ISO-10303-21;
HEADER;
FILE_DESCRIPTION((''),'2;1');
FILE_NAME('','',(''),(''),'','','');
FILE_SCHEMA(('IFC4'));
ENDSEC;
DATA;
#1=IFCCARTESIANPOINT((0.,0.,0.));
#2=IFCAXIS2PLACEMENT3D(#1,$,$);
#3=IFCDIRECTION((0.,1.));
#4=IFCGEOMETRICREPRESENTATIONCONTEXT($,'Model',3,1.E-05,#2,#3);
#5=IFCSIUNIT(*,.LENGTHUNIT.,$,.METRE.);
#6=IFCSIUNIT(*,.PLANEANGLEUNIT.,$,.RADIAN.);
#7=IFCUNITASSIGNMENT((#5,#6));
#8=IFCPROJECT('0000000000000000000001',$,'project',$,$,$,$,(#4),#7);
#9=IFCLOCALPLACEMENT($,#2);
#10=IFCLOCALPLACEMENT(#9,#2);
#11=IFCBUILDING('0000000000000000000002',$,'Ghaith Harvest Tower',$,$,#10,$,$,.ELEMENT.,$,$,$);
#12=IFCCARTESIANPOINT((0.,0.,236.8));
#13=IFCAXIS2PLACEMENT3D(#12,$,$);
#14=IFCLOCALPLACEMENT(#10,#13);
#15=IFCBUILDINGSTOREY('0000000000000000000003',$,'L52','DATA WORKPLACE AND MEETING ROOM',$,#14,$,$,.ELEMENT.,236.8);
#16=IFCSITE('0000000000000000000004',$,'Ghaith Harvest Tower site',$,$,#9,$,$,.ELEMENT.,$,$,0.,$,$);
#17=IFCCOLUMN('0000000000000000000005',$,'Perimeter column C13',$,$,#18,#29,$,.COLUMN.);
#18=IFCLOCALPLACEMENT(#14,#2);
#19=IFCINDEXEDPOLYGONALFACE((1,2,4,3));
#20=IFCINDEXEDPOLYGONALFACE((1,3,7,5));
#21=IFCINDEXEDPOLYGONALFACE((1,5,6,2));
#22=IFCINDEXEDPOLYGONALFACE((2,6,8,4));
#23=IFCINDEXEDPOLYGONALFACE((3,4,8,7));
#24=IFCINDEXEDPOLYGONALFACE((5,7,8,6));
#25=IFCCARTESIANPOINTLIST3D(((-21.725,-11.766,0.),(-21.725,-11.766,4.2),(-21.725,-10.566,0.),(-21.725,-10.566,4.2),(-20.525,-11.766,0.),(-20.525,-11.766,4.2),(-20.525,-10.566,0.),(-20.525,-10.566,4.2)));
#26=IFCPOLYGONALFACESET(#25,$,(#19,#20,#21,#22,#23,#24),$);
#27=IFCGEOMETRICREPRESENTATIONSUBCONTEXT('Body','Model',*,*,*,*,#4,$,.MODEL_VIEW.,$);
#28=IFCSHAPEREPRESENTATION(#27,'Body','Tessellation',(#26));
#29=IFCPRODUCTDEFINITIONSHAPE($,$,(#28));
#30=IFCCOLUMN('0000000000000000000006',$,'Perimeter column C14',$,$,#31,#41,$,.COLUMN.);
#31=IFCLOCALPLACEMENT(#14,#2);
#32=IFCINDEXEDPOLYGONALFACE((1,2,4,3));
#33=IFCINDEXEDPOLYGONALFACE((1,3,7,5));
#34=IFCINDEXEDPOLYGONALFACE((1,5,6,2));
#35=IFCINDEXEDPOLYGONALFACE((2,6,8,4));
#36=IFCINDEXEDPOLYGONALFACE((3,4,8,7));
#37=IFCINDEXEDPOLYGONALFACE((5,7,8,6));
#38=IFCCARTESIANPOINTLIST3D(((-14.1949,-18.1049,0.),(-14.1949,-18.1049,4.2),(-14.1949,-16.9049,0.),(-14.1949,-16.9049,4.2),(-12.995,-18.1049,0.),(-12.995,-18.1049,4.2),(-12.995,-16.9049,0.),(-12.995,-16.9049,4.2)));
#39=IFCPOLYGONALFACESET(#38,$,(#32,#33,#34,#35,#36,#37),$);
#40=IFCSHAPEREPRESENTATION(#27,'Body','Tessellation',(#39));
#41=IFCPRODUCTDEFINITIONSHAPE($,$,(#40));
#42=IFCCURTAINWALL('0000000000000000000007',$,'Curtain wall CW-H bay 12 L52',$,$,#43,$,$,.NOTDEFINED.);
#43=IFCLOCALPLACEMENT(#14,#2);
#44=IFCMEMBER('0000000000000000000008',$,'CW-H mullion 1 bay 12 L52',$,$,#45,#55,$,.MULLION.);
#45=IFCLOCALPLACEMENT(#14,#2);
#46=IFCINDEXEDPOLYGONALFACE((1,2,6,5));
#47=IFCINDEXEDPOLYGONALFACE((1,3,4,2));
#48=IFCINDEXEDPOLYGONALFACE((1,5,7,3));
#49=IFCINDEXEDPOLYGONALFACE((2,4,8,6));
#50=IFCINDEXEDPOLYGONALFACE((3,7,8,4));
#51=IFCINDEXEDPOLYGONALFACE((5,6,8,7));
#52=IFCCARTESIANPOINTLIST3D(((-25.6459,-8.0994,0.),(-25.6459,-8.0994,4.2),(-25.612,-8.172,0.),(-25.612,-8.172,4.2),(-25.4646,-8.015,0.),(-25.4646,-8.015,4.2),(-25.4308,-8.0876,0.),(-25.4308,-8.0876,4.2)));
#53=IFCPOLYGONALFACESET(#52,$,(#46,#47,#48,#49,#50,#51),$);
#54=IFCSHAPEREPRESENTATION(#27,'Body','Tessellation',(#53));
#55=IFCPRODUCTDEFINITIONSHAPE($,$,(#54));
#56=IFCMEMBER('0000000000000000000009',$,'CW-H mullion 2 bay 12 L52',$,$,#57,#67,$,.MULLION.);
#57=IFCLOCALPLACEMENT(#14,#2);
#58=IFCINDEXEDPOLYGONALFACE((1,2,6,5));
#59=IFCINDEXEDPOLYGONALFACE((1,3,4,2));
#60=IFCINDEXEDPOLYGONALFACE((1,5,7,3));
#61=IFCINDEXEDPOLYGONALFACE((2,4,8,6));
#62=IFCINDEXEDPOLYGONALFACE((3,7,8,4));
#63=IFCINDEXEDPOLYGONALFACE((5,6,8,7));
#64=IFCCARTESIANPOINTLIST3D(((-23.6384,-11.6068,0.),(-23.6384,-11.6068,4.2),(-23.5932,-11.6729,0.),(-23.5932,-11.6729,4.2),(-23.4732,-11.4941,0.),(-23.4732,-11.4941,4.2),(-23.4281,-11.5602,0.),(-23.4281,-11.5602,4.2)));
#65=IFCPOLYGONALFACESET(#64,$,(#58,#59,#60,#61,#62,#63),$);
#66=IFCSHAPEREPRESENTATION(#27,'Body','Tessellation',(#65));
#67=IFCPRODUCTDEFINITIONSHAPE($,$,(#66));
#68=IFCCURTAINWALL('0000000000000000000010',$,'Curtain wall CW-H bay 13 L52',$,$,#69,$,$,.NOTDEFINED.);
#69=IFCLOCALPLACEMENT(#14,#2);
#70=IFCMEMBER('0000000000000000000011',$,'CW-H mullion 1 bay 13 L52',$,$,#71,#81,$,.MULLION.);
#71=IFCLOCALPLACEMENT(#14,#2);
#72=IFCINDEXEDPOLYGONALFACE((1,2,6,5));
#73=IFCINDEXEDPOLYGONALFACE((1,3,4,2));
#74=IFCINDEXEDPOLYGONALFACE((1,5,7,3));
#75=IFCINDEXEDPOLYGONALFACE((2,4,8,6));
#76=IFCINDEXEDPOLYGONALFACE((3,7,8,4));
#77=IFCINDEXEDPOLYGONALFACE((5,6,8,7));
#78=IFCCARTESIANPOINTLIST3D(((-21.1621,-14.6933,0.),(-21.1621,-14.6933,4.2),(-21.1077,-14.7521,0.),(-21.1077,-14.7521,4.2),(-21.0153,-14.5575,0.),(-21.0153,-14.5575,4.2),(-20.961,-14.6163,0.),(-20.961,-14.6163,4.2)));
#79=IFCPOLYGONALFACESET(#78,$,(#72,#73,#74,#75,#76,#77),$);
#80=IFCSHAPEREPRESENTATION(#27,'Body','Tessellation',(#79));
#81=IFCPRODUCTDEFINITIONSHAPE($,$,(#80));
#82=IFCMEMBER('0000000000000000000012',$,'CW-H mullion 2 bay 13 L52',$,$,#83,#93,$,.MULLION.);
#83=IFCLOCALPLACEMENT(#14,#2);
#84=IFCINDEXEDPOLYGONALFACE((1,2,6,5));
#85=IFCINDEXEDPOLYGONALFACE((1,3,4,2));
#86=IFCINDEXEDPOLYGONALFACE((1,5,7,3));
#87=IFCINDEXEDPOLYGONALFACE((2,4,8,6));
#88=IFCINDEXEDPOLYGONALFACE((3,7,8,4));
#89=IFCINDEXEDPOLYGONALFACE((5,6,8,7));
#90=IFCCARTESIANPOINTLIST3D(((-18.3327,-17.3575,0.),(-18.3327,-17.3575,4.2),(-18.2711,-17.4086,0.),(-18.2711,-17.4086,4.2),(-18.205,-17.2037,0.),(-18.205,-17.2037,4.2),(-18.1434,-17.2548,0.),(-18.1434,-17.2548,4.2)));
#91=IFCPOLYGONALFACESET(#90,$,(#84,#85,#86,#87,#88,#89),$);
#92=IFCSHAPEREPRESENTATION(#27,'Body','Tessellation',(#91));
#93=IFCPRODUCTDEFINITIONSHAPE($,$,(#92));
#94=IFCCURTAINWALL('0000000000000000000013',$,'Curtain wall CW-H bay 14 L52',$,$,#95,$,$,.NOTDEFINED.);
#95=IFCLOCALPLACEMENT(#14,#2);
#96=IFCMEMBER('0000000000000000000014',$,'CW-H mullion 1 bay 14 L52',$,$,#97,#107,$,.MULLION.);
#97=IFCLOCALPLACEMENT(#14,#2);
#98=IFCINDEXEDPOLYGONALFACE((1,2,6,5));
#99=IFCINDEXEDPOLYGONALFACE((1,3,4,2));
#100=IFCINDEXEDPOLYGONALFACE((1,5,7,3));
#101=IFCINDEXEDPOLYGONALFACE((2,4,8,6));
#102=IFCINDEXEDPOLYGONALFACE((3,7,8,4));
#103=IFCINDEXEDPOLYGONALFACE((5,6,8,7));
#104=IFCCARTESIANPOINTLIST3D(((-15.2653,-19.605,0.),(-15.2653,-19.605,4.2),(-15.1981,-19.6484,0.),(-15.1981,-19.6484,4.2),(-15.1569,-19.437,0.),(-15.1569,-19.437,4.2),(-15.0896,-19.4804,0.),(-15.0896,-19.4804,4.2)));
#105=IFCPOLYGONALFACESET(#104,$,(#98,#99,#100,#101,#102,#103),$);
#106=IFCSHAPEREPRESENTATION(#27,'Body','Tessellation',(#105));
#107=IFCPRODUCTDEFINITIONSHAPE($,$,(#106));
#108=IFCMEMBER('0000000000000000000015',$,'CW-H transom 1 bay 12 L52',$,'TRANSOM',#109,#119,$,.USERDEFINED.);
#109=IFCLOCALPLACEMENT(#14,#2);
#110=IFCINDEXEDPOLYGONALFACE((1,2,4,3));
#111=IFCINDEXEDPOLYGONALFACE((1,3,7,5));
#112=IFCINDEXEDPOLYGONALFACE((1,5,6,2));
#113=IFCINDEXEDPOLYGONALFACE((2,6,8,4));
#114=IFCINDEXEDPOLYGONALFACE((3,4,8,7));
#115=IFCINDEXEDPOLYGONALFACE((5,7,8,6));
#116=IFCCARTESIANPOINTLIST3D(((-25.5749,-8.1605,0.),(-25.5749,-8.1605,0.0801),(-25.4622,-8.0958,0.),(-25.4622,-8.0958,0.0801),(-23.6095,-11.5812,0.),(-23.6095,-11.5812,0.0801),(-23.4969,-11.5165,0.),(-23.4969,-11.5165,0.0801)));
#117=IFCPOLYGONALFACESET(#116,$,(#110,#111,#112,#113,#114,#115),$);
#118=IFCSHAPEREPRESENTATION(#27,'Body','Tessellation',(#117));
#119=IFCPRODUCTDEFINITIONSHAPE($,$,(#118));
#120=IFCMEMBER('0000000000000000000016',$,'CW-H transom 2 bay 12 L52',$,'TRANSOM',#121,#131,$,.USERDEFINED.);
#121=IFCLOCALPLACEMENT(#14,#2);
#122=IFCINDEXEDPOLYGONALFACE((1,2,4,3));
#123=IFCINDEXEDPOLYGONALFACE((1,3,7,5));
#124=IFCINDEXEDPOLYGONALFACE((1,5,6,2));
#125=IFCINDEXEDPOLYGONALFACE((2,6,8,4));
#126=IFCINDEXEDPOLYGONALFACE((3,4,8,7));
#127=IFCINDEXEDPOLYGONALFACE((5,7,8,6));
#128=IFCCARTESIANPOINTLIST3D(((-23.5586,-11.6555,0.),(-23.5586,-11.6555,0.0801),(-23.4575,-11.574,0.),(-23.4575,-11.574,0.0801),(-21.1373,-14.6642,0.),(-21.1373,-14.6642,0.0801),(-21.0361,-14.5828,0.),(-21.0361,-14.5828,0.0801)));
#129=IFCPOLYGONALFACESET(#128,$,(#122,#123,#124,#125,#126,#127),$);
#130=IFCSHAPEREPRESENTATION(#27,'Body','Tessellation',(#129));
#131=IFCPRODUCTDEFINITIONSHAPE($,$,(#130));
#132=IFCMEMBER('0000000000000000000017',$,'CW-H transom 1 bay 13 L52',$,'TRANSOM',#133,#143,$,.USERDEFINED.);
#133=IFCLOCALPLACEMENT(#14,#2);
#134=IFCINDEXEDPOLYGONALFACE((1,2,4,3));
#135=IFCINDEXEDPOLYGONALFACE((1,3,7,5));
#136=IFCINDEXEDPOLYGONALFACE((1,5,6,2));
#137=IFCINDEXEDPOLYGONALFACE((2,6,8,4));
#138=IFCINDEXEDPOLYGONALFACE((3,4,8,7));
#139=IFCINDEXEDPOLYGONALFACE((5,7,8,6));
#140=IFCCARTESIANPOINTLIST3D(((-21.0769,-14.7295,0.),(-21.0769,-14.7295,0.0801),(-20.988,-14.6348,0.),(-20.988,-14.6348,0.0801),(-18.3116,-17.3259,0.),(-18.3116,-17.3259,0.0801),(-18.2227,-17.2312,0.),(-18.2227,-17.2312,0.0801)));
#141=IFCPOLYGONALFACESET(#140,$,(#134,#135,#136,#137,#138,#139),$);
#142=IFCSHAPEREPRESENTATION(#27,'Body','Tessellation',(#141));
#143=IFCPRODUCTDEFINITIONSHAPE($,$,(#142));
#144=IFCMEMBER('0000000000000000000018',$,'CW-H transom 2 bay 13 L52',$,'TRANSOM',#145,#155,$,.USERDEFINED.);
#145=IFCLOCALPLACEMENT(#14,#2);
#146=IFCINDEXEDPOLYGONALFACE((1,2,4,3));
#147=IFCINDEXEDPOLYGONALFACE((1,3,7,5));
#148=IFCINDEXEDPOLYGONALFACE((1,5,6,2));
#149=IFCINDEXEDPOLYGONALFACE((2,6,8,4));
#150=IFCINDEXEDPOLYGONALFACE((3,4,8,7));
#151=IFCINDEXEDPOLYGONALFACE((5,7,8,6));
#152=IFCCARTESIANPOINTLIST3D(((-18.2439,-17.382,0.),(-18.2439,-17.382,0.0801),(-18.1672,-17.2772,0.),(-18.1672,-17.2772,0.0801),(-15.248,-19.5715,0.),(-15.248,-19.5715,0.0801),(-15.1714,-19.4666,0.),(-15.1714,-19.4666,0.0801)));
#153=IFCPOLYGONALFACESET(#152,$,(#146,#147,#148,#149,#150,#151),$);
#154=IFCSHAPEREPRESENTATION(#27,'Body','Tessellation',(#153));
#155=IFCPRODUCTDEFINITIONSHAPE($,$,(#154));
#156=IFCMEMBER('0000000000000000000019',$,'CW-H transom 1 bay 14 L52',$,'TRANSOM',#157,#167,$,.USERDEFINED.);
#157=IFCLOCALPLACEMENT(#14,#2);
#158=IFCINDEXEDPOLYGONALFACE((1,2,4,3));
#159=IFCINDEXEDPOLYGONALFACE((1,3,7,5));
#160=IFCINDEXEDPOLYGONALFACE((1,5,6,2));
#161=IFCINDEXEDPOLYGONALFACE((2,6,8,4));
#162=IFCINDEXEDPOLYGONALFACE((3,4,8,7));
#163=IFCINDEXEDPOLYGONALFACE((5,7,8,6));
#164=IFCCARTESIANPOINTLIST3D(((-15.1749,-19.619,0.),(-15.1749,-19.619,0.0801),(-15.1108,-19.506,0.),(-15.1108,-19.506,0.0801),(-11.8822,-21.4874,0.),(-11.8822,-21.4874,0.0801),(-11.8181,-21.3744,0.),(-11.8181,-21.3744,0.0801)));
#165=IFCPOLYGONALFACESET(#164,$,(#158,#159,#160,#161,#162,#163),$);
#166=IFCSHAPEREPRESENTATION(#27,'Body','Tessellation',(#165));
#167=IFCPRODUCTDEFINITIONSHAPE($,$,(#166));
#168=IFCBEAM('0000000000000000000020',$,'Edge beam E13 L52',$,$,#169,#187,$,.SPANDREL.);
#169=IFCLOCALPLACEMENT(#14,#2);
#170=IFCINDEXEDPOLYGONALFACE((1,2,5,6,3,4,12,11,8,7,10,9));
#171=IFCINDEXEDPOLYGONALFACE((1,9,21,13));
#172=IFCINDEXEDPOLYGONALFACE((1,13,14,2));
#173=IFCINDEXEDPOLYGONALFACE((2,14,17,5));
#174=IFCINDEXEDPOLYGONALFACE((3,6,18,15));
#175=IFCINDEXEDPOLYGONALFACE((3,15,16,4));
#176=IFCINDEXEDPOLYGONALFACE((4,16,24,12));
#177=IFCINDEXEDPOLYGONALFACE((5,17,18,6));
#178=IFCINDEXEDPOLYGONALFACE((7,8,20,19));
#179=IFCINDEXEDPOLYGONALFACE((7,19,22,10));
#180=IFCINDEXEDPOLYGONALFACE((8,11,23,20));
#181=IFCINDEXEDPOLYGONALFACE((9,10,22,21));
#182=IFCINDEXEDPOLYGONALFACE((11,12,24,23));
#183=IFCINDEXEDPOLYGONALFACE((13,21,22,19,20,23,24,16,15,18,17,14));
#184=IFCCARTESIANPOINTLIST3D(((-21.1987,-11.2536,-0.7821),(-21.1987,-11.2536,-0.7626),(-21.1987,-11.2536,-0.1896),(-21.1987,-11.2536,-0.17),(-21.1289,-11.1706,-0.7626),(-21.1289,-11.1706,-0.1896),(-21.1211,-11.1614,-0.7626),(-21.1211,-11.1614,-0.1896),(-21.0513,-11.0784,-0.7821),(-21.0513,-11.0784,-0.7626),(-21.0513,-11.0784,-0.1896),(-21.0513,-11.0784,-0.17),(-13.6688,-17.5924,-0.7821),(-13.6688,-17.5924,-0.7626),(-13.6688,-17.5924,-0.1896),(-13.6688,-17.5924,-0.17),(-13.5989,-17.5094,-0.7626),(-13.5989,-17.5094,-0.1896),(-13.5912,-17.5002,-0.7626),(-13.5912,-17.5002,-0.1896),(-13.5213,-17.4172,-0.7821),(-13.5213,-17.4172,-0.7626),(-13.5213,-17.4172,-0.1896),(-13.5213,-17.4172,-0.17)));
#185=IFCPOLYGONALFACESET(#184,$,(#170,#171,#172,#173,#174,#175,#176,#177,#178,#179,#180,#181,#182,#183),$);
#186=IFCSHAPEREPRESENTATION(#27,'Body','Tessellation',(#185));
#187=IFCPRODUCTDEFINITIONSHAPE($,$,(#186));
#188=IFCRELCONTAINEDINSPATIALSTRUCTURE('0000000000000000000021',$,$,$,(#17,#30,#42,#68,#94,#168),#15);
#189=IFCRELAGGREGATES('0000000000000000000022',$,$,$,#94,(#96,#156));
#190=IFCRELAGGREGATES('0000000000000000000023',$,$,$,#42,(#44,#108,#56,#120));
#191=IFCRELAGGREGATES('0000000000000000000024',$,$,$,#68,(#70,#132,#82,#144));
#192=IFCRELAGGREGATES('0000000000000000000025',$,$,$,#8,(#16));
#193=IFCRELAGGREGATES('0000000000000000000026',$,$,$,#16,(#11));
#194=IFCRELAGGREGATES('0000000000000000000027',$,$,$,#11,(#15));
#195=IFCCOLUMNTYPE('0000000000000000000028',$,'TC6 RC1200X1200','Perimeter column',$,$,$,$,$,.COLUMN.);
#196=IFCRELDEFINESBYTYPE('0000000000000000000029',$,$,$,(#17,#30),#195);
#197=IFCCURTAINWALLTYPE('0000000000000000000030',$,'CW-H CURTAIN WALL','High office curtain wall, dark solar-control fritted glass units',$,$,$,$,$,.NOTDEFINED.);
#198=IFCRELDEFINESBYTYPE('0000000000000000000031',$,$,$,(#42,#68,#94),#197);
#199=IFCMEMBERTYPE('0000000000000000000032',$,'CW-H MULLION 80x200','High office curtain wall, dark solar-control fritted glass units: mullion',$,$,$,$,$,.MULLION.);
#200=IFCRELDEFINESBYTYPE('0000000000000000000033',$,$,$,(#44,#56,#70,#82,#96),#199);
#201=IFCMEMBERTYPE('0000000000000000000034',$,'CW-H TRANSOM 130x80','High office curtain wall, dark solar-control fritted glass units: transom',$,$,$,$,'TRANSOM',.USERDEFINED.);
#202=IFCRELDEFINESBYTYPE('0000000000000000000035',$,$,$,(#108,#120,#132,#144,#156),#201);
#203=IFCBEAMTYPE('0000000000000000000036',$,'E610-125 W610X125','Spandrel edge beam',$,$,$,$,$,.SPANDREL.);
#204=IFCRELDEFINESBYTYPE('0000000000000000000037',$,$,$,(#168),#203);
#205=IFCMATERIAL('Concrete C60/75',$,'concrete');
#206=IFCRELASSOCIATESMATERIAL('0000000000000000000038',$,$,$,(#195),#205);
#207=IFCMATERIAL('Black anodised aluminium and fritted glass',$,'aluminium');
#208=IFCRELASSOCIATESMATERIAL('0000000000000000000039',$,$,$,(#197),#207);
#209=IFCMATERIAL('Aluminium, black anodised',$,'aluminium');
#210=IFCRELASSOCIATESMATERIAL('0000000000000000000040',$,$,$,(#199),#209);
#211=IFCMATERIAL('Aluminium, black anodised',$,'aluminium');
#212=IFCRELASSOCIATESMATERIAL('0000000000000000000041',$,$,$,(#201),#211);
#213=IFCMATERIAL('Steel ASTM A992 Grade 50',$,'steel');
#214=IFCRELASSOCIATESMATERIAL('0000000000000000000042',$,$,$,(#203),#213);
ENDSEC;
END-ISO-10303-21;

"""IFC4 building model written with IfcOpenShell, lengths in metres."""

from ifc_helpers import new_model, si_unit, direction, frame, origin, origin_2d, place, context, subcontext, project, spatial, rectangle, i_section, extrude, material, material_profile, profile_set, type_object, element, aggregate, save


model = new_model("IFC4")

# Units and contexts
model_context = context("Model", 3, precision=1e-05, world=origin(), true_north=direction((0.0, 1.0)))
body_context = subcontext(model_context, "Body", "Model", "MODEL_VIEW")
ifc_project = project(units=[si_unit("LENGTHUNIT", "METRE"), si_unit("PLANEANGLEUNIT", "RADIAN")], contexts=[model_context])

# Site, building, storey
site_placement = place(None, origin())
site = spatial("IfcSite", under=ifc_project, at=site_placement, Name="Ghaith Harvest Tower site", CompositionType="ELEMENT", RefElevation=0.0)
building_placement = place(site_placement, origin())
building = spatial("IfcBuilding", under=site, at=building_placement, Name="Ghaith Harvest Tower", CompositionType="ELEMENT")
storey_placement = place(building_placement, frame((0.0, 0.0, 236.8)))
storey = spatial("IfcBuildingStorey", under=building, at=storey_placement, Name="L52", Description="DATA WORKPLACE AND MEETING ROOM", CompositionType="ELEMENT", Elevation=236.8)

# Columns
ifc_material_1 = material(Name="Concrete C60/75", Category="concrete")
ifc_material_profile_1 = material_profile(ifc_material_1, rectangle(XDim=1.2, YDim=1.2, at=origin_2d()), Name="RC1200X1200")
ifc_profile_set_1 = profile_set([ifc_material_profile_1], Name="Concrete C60/75")
column_type = type_object("IfcColumnType", Name="TC6 RC1200X1200", Description="Perimeter column", PredefinedType="COLUMN", material=ifc_profile_set_1)
for number, where, z_axis, x_axis, name in (
    (1, (-21.125, -11.166, 0.0), (0.0, 0.0, 1.0), (1.0, 0.0, 0.0), "Perimeter column C13"),
    (2, (-13.595, -17.5049, 0.0), (0.0, 0.0, 1.0), (1.0, 0.0, 0.0), "Perimeter column C14"),
):
    element("IfcColumn", number, at=place(storey_placement, frame(where, z_axis=z_axis, x_axis=x_axis)), inside=storey, type_object=column_type, Name=name, PredefinedType="COLUMN", context=body_context, shape_type="SweptSolid", body=[
        extrude(rectangle(XDim=1.2, YDim=1.2, at=origin_2d()), origin(), (0.0, 0.0, 1.0), 4.2),
    ])

# Curtain walls, members
ifc_material_2 = material(Name="Black anodised aluminium and fritted glass", Category="aluminium")
curtain_wall_type = type_object("IfcCurtainWallType", Name="CW-H CURTAIN WALL", Description="High office curtain wall, dark solar-control fritted glass units", PredefinedType="NOTDEFINED", material=ifc_material_2)
curtain_wall_1_placement = place(storey_placement, origin())
curtain_wall_1 = element("IfcCurtainWall", 3, at=curtain_wall_1_placement, inside=storey, type_object=curtain_wall_type, Name="Curtain wall CW-H bay 12 L52", PredefinedType="NOTDEFINED")
ifc_material_3 = material(Name="Aluminium, black anodised", Category="aluminium")
ifc_material_profile_2 = material_profile(ifc_material_3, rectangle(XDim=0.0801, YDim=0.2, at=origin_2d()), Name="CW-H MULLION 80x200")
ifc_profile_set_2 = profile_set([ifc_material_profile_2], Name="Aluminium, black anodised")
member_type_1 = type_object("IfcMemberType", Name="CW-H MULLION 80x200", Description="High office curtain wall, dark solar-control fritted glass units: mullion", PredefinedType="MULLION", material=ifc_profile_set_2)
member_1_placement = place(storey_placement, frame((-25.5383, -8.0935, 0.0), z_axis=(0.0, 0.0, 1.0), x_axis=(0.422309, -0.906452, 0.0)))
member_1 = element("IfcMember", 4, at=member_1_placement, type_object=member_type_1, Name="CW-H mullion 1 bay 12 L52", PredefinedType="MULLION", context=body_context, shape_type="SweptSolid", body=[
    extrude(rectangle(XDim=0.0801, YDim=0.2, at=origin_2d()), origin(), (0.0, 0.0, 1.0), 4.2),
])
member_2_placement = place(storey_placement, frame((-23.5332, -11.5835, 0.0), z_axis=(0.0, 0.0, 1.0), x_axis=(0.563617, -0.826037, 0.0)))
member_2 = element("IfcMember", 5, at=member_2_placement, type_object=member_type_1, Name="CW-H mullion 2 bay 12 L52", PredefinedType="MULLION", context=body_context, shape_type="SweptSolid", body=[
    extrude(rectangle(XDim=0.0801, YDim=0.2, at=origin_2d()), origin(), (0.0, 0.0, 1.0), 4.2),
])
curtain_wall_2_placement = place(storey_placement, origin())
curtain_wall_2 = element("IfcCurtainWall", 6, at=curtain_wall_2_placement, inside=storey, type_object=curtain_wall_type, Name="Curtain wall CW-H bay 13 L52", PredefinedType="NOTDEFINED")
member_3_placement = place(storey_placement, frame((-21.0615, -14.6548, 0.0), z_axis=(0.0, 0.0, 1.0), x_axis=(0.679182, -0.73397, 0.0)))
member_3 = element("IfcMember", 7, at=member_3_placement, type_object=member_type_1, Name="CW-H mullion 1 bay 13 L52", PredefinedType="MULLION", context=body_context, shape_type="SweptSolid", body=[
    extrude(rectangle(XDim=0.0801, YDim=0.2, at=origin_2d()), origin(), (0.0, 0.0, 1.0), 4.2),
])
member_4_placement = place(storey_placement, frame((-18.238, -17.3062, 0.0), z_axis=(0.0, 0.0, 1.0), x_axis=(0.769217, -0.638988, 0.0)))
member_4 = element("IfcMember", 8, at=member_4_placement, type_object=member_type_1, Name="CW-H mullion 2 bay 13 L52", PredefinedType="MULLION", context=body_context, shape_type="SweptSolid", body=[
    extrude(rectangle(XDim=0.0801, YDim=0.2, at=origin_2d()), origin(), (0.0, 0.0, 1.0), 4.2),
])

# Curtain wall, member
curtain_wall_3_placement = place(storey_placement, origin())
curtain_wall_3 = element("IfcCurtainWall", 9, at=curtain_wall_3_placement, inside=storey, type_object=curtain_wall_type, Name="Curtain wall CW-H bay 14 L52", PredefinedType="NOTDEFINED")
member_5_placement = place(storey_placement, frame((-15.1775, -19.5427, 0.0), z_axis=(0.0, 0.0, 1.0), x_axis=(0.840234, -0.542225, 0.0)))
member_5 = element("IfcMember", 10, at=member_5_placement, type_object=member_type_1, Name="CW-H mullion 1 bay 14 L52", PredefinedType="MULLION", context=body_context, shape_type="SweptSolid", body=[
    extrude(rectangle(XDim=0.0801, YDim=0.2, at=origin_2d()), origin(), (0.0, 0.0, 1.0), 4.2),
])

# Members
ifc_material_4 = material(Name="Aluminium, black anodised", Category="aluminium")
ifc_material_profile_3 = material_profile(ifc_material_4, rectangle(XDim=0.1299, YDim=0.0801, at=origin_2d()), Name="CW-H TRANSOM 130x80")
ifc_profile_set_3 = profile_set([ifc_material_profile_3], Name="Aluminium, black anodised")
member_type_2 = type_object("IfcMemberType", Name="CW-H TRANSOM 130x80", Description="High office curtain wall, dark solar-control fritted glass units: transom", ElementType="TRANSOM", PredefinedType="USERDEFINED", material=ifc_profile_set_3)
member_6_placement = place(storey_placement, frame((-25.5186, -8.1282, 0.04), z_axis=(0.498177, -0.867075, 0.0), x_axis=(0.867075, 0.498177, 0.0)))
member_6 = element("IfcMember", 11, at=member_6_placement, type_object=member_type_2, Name="CW-H transom 1 bay 12 L52", ObjectType="TRANSOM", PredefinedType="USERDEFINED", context=body_context, shape_type="SweptSolid", body=[
    extrude(rectangle(XDim=0.1299, YDim=0.0801, at=origin_2d()), origin(), (0.0, 0.0, 1.0), 3.9451),
])
member_7_placement = place(storey_placement, frame((-23.5081, -11.6147, 0.04), z_axis=(0.626959, -0.779052, 0.0), x_axis=(0.779052, 0.626959, 0.0)))
member_7 = element("IfcMember", 12, at=member_7_placement, type_object=member_type_2, Name="CW-H transom 2 bay 12 L52", ObjectType="TRANSOM", PredefinedType="USERDEFINED", context=body_context, shape_type="SweptSolid", body=[
    extrude(rectangle(XDim=0.1299, YDim=0.0801, at=origin_2d()), origin(), (0.0, 0.0, 1.0), 3.8621),
])
member_8_placement = place(storey_placement, frame((-21.0325, -14.6821, 0.04), z_axis=(0.729025, -0.684487, 0.0), x_axis=(0.684487, 0.729025, 0.0)))
member_8 = element("IfcMember", 13, at=member_8_placement, type_object=member_type_2, Name="CW-H transom 1 bay 13 L52", ObjectType="TRANSOM", PredefinedType="USERDEFINED", context=body_context, shape_type="SweptSolid", body=[
    extrude(rectangle(XDim=0.1299, YDim=0.0801, at=origin_2d()), origin(), (0.0, 0.0, 1.0), 3.7932),
])
member_9_placement = place(storey_placement, frame((-18.2056, -17.3296, 0.04), z_axis=(0.807368, -0.590048, 0.0), x_axis=(0.590048, 0.807368, 0.0)))
member_9 = element("IfcMember", 14, at=member_9_placement, type_object=member_type_2, Name="CW-H transom 2 bay 13 L52", ObjectType="TRANSOM", PredefinedType="USERDEFINED", context=body_context, shape_type="SweptSolid", body=[
    extrude(rectangle(XDim=0.1299, YDim=0.0801, at=origin_2d()), origin(), (0.0, 0.0, 1.0), 3.7107),
])
member_10_placement = place(storey_placement, frame((-15.1428, -19.5625, 0.04), z_axis=(0.869735, -0.493519, 0.0), x_axis=(0.493519, 0.869735, 0.0)))
member_10 = element("IfcMember", 15, at=member_10_placement, type_object=member_type_2, Name="CW-H transom 1 bay 14 L52", ObjectType="TRANSOM", PredefinedType="USERDEFINED", context=body_context, shape_type="SweptSolid", body=[
    extrude(rectangle(XDim=0.1299, YDim=0.0801, at=origin_2d()), origin(), (0.0, 0.0, 1.0), 3.7859),
])
aggregate(curtain_wall_3, [member_5, member_10])

# Beam
ifc_material_5 = material(Name="Steel ASTM A992 Grade 50", Category="steel")
ifc_material_profile_4 = material_profile(ifc_material_5, i_section(OverallWidth=0.229, OverallDepth=0.6121, WebThickness=0.012, FlangeThickness=0.0195, at=origin_2d()), Name="W610X125")
ifc_profile_set_4 = profile_set([ifc_material_profile_4], Name="Steel ASTM A992 Grade 50")
beam_type_1 = type_object("IfcBeamType", Name="E610-125 W610X125", Description="Spandrel edge beam", PredefinedType="SPANDREL", material=ifc_profile_set_4)
beam_1_placement = place(storey_placement, frame((-21.125, -11.166, -0.4761), z_axis=(0.765022, -0.644004, 0.0), x_axis=(0.644004, 0.765022, 0.0)))
element("IfcBeam", 16, at=beam_1_placement, inside=storey, type_object=beam_type_1, Name="Edge beam E13 L52", PredefinedType="SPANDREL", context=body_context, shape_type="SweptSolid", body=[
    extrude(i_section(OverallWidth=0.229, OverallDepth=0.6121, WebThickness=0.012, FlangeThickness=0.0195, at=origin_2d()), origin(), (0.0, 0.0, 1.0), 9.8428),
])

aggregate(curtain_wall_1, [member_1, member_6, member_2, member_7])
aggregate(curtain_wall_2, [member_3, member_8, member_4, member_9])

save(model, "model.ifc")
